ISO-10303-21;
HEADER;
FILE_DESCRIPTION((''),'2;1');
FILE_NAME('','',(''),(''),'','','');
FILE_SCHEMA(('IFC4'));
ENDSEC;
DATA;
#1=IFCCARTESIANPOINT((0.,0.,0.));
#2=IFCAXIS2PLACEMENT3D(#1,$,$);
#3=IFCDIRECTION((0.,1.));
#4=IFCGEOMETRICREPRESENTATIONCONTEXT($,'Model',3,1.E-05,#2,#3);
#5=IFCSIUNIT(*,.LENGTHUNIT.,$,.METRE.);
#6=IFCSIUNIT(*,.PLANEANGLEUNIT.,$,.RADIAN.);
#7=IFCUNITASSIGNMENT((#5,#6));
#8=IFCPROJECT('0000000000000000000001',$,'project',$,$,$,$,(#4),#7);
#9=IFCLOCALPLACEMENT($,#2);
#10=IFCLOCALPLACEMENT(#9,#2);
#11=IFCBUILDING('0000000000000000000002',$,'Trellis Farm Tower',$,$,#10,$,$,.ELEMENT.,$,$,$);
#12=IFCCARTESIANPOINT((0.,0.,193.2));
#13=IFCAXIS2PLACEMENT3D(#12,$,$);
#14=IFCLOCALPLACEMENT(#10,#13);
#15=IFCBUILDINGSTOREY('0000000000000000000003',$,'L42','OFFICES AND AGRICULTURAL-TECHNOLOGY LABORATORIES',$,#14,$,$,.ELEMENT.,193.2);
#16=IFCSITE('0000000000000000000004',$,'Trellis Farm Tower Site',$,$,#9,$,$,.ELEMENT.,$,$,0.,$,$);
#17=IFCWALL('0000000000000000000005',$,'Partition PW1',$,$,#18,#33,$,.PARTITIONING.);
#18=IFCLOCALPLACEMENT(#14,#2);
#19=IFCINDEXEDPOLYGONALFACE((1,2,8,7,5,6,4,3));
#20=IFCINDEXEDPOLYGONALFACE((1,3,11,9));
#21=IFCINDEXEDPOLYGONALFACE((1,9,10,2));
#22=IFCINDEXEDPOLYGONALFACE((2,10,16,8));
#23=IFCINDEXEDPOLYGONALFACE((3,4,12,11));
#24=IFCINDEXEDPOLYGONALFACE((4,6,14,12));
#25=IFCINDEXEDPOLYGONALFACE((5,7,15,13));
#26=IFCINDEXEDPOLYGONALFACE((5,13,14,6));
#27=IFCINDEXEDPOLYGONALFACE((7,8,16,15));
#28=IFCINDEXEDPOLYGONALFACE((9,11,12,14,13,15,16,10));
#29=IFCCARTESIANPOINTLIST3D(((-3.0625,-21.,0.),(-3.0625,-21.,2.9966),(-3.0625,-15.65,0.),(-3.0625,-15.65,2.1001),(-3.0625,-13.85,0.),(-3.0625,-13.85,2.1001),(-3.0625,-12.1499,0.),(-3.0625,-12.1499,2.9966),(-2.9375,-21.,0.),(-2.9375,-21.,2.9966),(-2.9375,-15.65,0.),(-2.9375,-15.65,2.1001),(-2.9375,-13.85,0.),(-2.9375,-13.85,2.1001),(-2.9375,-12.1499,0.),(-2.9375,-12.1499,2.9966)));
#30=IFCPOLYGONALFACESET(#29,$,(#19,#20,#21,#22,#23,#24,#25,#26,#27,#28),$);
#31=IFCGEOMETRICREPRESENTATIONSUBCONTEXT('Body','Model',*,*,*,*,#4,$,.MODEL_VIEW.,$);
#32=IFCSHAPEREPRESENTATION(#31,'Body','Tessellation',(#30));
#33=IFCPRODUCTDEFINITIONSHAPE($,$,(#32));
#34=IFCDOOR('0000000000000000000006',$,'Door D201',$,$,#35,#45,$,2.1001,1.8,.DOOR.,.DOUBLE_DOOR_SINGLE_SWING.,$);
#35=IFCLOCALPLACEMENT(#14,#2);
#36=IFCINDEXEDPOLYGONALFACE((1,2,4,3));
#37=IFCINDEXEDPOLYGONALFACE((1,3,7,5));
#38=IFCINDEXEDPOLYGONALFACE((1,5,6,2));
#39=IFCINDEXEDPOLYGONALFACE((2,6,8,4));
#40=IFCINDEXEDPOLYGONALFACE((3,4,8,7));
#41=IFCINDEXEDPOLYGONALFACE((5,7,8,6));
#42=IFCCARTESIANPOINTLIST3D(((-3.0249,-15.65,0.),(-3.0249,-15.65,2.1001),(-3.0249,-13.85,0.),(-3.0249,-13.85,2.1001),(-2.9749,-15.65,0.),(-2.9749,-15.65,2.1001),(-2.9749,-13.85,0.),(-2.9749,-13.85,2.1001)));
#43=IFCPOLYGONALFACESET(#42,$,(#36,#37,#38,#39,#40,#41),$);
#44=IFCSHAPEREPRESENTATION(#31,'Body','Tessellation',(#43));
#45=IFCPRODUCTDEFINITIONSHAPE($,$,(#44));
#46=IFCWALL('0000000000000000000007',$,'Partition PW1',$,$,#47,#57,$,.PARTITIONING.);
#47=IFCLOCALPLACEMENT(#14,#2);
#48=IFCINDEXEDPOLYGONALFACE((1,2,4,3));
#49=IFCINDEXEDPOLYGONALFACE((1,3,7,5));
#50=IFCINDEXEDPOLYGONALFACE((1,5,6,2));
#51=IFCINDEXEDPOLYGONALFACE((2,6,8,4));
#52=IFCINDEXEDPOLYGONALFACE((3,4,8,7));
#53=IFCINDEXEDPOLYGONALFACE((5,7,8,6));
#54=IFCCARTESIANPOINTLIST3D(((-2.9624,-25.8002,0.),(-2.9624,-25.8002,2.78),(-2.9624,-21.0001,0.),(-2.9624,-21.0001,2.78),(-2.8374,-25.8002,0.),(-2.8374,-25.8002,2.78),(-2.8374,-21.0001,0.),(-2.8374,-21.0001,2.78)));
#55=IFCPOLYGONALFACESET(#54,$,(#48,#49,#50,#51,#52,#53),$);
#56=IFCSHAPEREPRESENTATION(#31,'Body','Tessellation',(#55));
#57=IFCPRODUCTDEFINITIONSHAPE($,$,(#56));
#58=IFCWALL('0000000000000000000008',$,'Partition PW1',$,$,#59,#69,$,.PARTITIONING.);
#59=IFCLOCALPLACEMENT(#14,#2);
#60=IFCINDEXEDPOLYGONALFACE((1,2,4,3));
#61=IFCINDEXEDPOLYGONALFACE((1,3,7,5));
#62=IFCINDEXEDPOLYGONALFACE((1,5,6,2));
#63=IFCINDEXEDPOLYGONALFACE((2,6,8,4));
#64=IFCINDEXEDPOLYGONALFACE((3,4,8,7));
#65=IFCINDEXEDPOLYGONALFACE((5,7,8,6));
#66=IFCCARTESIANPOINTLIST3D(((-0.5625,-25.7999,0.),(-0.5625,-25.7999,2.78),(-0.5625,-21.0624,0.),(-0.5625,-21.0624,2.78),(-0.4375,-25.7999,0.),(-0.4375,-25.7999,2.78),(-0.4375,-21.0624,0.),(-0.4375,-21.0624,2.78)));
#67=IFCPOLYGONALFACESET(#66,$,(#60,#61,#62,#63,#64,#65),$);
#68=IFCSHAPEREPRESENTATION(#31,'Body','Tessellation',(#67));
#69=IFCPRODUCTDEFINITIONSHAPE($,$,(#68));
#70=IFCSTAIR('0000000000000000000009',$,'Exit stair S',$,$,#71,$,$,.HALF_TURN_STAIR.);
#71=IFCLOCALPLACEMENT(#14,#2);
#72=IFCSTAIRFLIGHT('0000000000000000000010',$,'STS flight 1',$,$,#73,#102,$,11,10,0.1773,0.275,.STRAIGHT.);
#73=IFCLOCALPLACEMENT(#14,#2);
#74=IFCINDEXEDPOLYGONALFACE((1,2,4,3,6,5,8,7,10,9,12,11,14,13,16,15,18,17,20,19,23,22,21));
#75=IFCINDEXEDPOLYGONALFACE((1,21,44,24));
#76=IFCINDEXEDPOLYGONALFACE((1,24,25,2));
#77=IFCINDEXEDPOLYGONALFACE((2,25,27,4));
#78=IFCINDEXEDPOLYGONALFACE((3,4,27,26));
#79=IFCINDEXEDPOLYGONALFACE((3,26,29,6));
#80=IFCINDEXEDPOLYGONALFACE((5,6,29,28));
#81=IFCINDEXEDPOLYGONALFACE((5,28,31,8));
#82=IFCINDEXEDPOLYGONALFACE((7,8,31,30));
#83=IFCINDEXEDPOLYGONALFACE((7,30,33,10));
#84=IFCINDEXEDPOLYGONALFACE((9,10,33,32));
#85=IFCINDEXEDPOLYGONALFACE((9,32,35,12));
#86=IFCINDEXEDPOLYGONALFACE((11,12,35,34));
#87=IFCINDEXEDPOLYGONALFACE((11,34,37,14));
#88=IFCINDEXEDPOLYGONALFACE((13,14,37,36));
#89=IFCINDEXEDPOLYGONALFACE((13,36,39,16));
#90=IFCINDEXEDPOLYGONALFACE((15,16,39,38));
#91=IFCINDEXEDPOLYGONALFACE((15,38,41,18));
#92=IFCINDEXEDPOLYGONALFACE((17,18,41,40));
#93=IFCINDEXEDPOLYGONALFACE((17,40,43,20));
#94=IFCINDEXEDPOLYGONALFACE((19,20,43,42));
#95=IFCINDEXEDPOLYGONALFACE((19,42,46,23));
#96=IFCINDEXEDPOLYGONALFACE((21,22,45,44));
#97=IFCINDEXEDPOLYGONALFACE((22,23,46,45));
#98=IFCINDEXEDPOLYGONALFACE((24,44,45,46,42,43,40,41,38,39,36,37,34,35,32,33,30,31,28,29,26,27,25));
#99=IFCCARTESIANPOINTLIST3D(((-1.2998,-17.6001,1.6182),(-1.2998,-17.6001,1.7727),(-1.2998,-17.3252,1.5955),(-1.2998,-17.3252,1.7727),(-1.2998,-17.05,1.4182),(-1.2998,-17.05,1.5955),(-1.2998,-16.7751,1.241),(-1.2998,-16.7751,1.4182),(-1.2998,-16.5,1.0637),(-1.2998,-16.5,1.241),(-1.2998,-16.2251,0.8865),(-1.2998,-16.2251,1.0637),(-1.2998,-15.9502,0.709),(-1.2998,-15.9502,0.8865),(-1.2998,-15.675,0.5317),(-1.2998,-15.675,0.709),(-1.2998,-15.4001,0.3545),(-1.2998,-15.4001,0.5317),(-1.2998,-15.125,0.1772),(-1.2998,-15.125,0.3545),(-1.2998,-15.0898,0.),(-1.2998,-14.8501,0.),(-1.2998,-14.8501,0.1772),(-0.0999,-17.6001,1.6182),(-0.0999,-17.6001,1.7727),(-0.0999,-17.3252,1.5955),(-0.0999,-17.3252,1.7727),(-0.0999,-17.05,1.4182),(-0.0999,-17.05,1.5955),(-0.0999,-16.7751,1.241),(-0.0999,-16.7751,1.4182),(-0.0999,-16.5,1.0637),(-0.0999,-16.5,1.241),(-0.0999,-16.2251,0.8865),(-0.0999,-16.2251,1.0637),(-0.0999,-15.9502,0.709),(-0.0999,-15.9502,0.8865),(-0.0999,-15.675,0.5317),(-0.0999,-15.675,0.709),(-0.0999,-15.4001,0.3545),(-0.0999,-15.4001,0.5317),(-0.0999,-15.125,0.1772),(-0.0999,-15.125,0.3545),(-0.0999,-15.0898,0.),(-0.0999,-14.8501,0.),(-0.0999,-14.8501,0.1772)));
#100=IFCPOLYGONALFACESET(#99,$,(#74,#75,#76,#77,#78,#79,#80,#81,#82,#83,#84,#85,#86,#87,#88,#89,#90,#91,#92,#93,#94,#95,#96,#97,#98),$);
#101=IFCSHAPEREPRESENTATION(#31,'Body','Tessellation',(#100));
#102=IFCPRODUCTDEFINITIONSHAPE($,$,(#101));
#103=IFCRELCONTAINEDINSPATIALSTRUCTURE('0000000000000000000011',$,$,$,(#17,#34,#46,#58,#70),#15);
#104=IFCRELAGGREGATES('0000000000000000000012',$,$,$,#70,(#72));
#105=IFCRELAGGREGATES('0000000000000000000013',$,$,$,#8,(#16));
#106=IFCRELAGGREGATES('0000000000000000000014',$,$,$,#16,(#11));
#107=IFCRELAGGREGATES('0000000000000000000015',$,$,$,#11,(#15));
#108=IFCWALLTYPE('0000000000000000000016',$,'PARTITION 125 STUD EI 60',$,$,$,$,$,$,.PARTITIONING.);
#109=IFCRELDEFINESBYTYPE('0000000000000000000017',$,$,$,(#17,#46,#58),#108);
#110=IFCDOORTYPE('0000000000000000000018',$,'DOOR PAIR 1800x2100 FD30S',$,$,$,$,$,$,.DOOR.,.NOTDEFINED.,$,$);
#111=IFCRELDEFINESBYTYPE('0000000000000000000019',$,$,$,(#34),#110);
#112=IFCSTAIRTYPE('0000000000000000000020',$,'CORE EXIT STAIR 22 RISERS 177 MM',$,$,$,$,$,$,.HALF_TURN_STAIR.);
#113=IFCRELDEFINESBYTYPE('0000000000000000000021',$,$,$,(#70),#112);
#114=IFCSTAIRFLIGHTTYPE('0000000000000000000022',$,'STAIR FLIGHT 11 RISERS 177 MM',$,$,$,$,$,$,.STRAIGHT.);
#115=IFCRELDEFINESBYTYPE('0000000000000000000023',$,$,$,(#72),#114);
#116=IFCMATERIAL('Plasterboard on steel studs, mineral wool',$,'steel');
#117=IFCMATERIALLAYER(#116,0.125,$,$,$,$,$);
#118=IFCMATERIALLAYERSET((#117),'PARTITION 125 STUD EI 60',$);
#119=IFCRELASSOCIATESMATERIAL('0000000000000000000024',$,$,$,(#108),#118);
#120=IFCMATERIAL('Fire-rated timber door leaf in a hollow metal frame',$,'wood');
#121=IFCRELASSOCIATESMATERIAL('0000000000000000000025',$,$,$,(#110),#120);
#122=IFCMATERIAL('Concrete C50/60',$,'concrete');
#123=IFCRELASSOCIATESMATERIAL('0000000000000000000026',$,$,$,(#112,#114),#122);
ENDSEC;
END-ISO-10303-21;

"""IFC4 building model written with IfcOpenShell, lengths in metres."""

from ifc_helpers import new_model, si_unit, direction, frame, frame_2d, origin, place, context, subcontext, project, spatial, polyline, rectangle, outline, extrude, source, transform, mapped, material, layer, layer_set, type_object, element, fill, aggregate, save


model = new_model("IFC4")

# Units and contexts
model_context = context("Model", 3, precision=1e-05, world=origin(), true_north=direction((0.0, 1.0)))
body_context = subcontext(model_context, "Body", "Model", "MODEL_VIEW")
ifc_project = project(units=[si_unit("LENGTHUNIT", "METRE"), si_unit("PLANEANGLEUNIT", "RADIAN")], contexts=[model_context])

# Site, building, storey
site_placement = place(None, origin())
site = spatial("IfcSite", under=ifc_project, at=site_placement, Name="Trellis Farm Tower Site", CompositionType="ELEMENT", RefElevation=0.0)
building_placement = place(site_placement, origin())
building = spatial("IfcBuilding", under=site, at=building_placement, Name="Trellis Farm Tower", CompositionType="ELEMENT")
storey_placement = place(building_placement, frame((0.0, 0.0, 193.2)))
storey = spatial("IfcBuildingStorey", under=building, at=storey_placement, Name="L42", Description="OFFICES AND AGRICULTURAL-TECHNOLOGY LABORATORIES", CompositionType="ELEMENT", Elevation=193.2)

# Shared definitions
placement = place(storey_placement, origin())

# Shared definitions
ifc_material_1 = material(Name="Plasterboard on steel studs, mineral wool", Category="steel")
ifc_layer_1 = layer(ifc_material_1, 0.125)
ifc_layer_set_1 = layer_set([ifc_layer_1], Name="PARTITION 125 STUD EI 60")
wall_type_1 = type_object("IfcWallType", Name="PARTITION 125 STUD EI 60", PredefinedType="PARTITIONING", material=ifc_layer_set_1)
ifc_material_2 = material(Name="Fire-rated timber door leaf in a hollow metal frame", Category="wood")

# Wall, opening, door
shared_shape_1 = source(origin(), body_context, "Body", "SweptSolid", [
    extrude(rectangle(XDim=8.8501, YDim=0.125, at=frame_2d((4.425, 0.0))), origin(), (0.0, 0.0, 1.0), 2.9966),
])
wall_1_placement = place(storey_placement, frame((-3.0, -21.0, 0.0), z_axis=(0.0, 0.0, 1.0), x_axis=(0.0, 1.0, 0.0)))
wall_1 = element("IfcWall", 1, at=wall_1_placement, inside=storey, type_object=wall_type_1, Name="Partition PW1", PredefinedType="PARTITIONING", context=body_context, shape_type="MappedRepresentation", body=[
    mapped(shared_shape_1, transform((0.0, 0.0, 0.0))),
])
shared_shape_2 = source(origin(), body_context, "Body", "SweptSolid", [
    extrude(rectangle(XDim=1.8, YDim=2.1001, at=frame_2d((0.8999, 1.05))), frame((0.0, 0.0725, 0.0), z_axis=(0.0, -1.0, 0.0), x_axis=(1.0, 0.0, 0.0)), (0.0, 0.0, 1.0), 0.145),
])
opening_1_placement = place(wall_1_placement, frame((5.3501, 0.0, 0.0)))
opening_1 = element("IfcOpeningElement", 2, at=opening_1_placement, cuts=wall_1, PredefinedType="OPENING", context=body_context, shape_type="MappedRepresentation", body=[
    mapped(shared_shape_2, transform((0.0, 0.0, 0.0))),
])
door_type_1 = type_object("IfcDoorType", Name="DOOR PAIR 1800x2100 FD30S", OperationType="NOTDEFINED", PredefinedType="DOOR", material=ifc_material_2)
shared_shape_3 = source(origin(), body_context, "Body", "SweptSolid", [
    extrude(rectangle(XDim=1.8, YDim=2.1001, at=frame_2d((0.8999, 1.05))), frame((0.0, 0.0249, 0.0), z_axis=(0.0, -1.0, 0.0), x_axis=(1.0, 0.0, 0.0)), (0.0, 0.0, 1.0), 0.05),
])
door_1_placement = place(opening_1_placement, origin())
door_1 = element("IfcDoor", 3, at=door_1_placement, inside=storey, type_object=door_type_1, Name="Door D201", OperationType="DOUBLE_DOOR_SINGLE_SWING", OverallHeight=2.1001, OverallWidth=1.8, PredefinedType="DOOR", context=body_context, shape_type="MappedRepresentation", body=[
    mapped(shared_shape_3, transform((0.0, 0.0, 0.0))),
])
fill(opening_1, door_1)

# Walls
shared_shape_4 = source(origin(), body_context, "Body", "SweptSolid", [
    extrude(rectangle(XDim=4.8, YDim=0.125, at=frame_2d((2.3999, 0.0))), origin(), (0.0, 0.0, 1.0), 2.78),
])
wall_2_placement = place(storey_placement, frame((-2.8999, -25.8, 0.0), z_axis=(0.0, 0.0, 1.0), x_axis=(0.0, 1.0, 0.0)))
element("IfcWall", 4, at=wall_2_placement, inside=storey, type_object=wall_type_1, Name="Partition PW1", PredefinedType="PARTITIONING", context=body_context, shape_type="MappedRepresentation", body=[
    mapped(shared_shape_4, transform((0.0, 0.0, 0.0))),
])
shared_shape_5 = source(origin(), body_context, "Body", "SweptSolid", [
    extrude(rectangle(XDim=4.7375, YDim=0.125, at=frame_2d((2.3687, 0.0))), origin(), (0.0, 0.0, 1.0), 2.78),
])
wall_3_placement = place(storey_placement, frame((-0.5, -21.0625, 0.0), z_axis=(0.0, 0.0, 1.0), x_axis=(0.0, -1.0, 0.0)))
element("IfcWall", 5, at=wall_3_placement, inside=storey, type_object=wall_type_1, Name="Partition PW1", PredefinedType="PARTITIONING", context=body_context, shape_type="MappedRepresentation", body=[
    mapped(shared_shape_5, transform((0.0, 0.0, 0.0))),
])

# Stair, stair flight
ifc_material_3 = material(Name="Concrete C50/60", Category="concrete")
stair_type = type_object("IfcStairType", Name="CORE EXIT STAIR 22 RISERS 177 MM", PredefinedType="HALF_TURN_STAIR", material=ifc_material_3)
stair = element("IfcStair", 6, at=placement, inside=storey, type_object=stair_type, Name="Exit stair S", PredefinedType="HALF_TURN_STAIR")
stair_flight_type = type_object("IfcStairFlightType", Name="STAIR FLIGHT 11 RISERS 177 MM", PredefinedType="STRAIGHT", material=ifc_material_3)
shared_shape_6 = source(origin(), body_context, "Body", "SweptSolid", [
    extrude(outline(polyline([(0.0, 0.0), (0.0, 0.1772), (0.2749, 0.1772), (0.2749, 0.3545), (0.55, 0.3545), (0.55, 0.5317), (0.825, 0.5317), (0.825, 0.709), (1.1001, 0.709), (1.1001, 0.8865), (1.375, 0.8865), (1.375, 1.0637), (1.6499, 1.0637), (1.6499, 1.241), (1.925, 1.241), (1.925, 1.4182), (2.2, 1.4182), (2.2, 1.5955), (2.4751, 1.5955), (2.4751, 1.7727), (2.75, 1.7727), (2.75, 1.95), (2.75, 1.6182), (0.2397, 0.0), (0.0, 0.0)])), frame((0.0, 0.6001, 0.0), z_axis=(0.0, -1.0, 0.0), x_axis=(1.0, 0.0, 0.0)), (0.0, 0.0, 1.0), 1.2),
])
stair_flight_placement = place(storey_placement, frame((-0.7, -14.8501, 0.0), z_axis=(0.0, 0.0, 1.0), x_axis=(0.0, -1.0, 0.0)))
stair_flight = element("IfcStairFlight", 7, at=stair_flight_placement, type_object=stair_flight_type, Name="STS flight 1", NumberOfRisers=11, NumberOfTreads=10, PredefinedType="STRAIGHT", RiserHeight=0.1773, TreadLength=0.275, context=body_context, shape_type="MappedRepresentation", body=[
    mapped(shared_shape_6, transform((0.0, 0.0, 0.0))),
])
aggregate(stair, [stair_flight])

save(model, "model.ifc")
